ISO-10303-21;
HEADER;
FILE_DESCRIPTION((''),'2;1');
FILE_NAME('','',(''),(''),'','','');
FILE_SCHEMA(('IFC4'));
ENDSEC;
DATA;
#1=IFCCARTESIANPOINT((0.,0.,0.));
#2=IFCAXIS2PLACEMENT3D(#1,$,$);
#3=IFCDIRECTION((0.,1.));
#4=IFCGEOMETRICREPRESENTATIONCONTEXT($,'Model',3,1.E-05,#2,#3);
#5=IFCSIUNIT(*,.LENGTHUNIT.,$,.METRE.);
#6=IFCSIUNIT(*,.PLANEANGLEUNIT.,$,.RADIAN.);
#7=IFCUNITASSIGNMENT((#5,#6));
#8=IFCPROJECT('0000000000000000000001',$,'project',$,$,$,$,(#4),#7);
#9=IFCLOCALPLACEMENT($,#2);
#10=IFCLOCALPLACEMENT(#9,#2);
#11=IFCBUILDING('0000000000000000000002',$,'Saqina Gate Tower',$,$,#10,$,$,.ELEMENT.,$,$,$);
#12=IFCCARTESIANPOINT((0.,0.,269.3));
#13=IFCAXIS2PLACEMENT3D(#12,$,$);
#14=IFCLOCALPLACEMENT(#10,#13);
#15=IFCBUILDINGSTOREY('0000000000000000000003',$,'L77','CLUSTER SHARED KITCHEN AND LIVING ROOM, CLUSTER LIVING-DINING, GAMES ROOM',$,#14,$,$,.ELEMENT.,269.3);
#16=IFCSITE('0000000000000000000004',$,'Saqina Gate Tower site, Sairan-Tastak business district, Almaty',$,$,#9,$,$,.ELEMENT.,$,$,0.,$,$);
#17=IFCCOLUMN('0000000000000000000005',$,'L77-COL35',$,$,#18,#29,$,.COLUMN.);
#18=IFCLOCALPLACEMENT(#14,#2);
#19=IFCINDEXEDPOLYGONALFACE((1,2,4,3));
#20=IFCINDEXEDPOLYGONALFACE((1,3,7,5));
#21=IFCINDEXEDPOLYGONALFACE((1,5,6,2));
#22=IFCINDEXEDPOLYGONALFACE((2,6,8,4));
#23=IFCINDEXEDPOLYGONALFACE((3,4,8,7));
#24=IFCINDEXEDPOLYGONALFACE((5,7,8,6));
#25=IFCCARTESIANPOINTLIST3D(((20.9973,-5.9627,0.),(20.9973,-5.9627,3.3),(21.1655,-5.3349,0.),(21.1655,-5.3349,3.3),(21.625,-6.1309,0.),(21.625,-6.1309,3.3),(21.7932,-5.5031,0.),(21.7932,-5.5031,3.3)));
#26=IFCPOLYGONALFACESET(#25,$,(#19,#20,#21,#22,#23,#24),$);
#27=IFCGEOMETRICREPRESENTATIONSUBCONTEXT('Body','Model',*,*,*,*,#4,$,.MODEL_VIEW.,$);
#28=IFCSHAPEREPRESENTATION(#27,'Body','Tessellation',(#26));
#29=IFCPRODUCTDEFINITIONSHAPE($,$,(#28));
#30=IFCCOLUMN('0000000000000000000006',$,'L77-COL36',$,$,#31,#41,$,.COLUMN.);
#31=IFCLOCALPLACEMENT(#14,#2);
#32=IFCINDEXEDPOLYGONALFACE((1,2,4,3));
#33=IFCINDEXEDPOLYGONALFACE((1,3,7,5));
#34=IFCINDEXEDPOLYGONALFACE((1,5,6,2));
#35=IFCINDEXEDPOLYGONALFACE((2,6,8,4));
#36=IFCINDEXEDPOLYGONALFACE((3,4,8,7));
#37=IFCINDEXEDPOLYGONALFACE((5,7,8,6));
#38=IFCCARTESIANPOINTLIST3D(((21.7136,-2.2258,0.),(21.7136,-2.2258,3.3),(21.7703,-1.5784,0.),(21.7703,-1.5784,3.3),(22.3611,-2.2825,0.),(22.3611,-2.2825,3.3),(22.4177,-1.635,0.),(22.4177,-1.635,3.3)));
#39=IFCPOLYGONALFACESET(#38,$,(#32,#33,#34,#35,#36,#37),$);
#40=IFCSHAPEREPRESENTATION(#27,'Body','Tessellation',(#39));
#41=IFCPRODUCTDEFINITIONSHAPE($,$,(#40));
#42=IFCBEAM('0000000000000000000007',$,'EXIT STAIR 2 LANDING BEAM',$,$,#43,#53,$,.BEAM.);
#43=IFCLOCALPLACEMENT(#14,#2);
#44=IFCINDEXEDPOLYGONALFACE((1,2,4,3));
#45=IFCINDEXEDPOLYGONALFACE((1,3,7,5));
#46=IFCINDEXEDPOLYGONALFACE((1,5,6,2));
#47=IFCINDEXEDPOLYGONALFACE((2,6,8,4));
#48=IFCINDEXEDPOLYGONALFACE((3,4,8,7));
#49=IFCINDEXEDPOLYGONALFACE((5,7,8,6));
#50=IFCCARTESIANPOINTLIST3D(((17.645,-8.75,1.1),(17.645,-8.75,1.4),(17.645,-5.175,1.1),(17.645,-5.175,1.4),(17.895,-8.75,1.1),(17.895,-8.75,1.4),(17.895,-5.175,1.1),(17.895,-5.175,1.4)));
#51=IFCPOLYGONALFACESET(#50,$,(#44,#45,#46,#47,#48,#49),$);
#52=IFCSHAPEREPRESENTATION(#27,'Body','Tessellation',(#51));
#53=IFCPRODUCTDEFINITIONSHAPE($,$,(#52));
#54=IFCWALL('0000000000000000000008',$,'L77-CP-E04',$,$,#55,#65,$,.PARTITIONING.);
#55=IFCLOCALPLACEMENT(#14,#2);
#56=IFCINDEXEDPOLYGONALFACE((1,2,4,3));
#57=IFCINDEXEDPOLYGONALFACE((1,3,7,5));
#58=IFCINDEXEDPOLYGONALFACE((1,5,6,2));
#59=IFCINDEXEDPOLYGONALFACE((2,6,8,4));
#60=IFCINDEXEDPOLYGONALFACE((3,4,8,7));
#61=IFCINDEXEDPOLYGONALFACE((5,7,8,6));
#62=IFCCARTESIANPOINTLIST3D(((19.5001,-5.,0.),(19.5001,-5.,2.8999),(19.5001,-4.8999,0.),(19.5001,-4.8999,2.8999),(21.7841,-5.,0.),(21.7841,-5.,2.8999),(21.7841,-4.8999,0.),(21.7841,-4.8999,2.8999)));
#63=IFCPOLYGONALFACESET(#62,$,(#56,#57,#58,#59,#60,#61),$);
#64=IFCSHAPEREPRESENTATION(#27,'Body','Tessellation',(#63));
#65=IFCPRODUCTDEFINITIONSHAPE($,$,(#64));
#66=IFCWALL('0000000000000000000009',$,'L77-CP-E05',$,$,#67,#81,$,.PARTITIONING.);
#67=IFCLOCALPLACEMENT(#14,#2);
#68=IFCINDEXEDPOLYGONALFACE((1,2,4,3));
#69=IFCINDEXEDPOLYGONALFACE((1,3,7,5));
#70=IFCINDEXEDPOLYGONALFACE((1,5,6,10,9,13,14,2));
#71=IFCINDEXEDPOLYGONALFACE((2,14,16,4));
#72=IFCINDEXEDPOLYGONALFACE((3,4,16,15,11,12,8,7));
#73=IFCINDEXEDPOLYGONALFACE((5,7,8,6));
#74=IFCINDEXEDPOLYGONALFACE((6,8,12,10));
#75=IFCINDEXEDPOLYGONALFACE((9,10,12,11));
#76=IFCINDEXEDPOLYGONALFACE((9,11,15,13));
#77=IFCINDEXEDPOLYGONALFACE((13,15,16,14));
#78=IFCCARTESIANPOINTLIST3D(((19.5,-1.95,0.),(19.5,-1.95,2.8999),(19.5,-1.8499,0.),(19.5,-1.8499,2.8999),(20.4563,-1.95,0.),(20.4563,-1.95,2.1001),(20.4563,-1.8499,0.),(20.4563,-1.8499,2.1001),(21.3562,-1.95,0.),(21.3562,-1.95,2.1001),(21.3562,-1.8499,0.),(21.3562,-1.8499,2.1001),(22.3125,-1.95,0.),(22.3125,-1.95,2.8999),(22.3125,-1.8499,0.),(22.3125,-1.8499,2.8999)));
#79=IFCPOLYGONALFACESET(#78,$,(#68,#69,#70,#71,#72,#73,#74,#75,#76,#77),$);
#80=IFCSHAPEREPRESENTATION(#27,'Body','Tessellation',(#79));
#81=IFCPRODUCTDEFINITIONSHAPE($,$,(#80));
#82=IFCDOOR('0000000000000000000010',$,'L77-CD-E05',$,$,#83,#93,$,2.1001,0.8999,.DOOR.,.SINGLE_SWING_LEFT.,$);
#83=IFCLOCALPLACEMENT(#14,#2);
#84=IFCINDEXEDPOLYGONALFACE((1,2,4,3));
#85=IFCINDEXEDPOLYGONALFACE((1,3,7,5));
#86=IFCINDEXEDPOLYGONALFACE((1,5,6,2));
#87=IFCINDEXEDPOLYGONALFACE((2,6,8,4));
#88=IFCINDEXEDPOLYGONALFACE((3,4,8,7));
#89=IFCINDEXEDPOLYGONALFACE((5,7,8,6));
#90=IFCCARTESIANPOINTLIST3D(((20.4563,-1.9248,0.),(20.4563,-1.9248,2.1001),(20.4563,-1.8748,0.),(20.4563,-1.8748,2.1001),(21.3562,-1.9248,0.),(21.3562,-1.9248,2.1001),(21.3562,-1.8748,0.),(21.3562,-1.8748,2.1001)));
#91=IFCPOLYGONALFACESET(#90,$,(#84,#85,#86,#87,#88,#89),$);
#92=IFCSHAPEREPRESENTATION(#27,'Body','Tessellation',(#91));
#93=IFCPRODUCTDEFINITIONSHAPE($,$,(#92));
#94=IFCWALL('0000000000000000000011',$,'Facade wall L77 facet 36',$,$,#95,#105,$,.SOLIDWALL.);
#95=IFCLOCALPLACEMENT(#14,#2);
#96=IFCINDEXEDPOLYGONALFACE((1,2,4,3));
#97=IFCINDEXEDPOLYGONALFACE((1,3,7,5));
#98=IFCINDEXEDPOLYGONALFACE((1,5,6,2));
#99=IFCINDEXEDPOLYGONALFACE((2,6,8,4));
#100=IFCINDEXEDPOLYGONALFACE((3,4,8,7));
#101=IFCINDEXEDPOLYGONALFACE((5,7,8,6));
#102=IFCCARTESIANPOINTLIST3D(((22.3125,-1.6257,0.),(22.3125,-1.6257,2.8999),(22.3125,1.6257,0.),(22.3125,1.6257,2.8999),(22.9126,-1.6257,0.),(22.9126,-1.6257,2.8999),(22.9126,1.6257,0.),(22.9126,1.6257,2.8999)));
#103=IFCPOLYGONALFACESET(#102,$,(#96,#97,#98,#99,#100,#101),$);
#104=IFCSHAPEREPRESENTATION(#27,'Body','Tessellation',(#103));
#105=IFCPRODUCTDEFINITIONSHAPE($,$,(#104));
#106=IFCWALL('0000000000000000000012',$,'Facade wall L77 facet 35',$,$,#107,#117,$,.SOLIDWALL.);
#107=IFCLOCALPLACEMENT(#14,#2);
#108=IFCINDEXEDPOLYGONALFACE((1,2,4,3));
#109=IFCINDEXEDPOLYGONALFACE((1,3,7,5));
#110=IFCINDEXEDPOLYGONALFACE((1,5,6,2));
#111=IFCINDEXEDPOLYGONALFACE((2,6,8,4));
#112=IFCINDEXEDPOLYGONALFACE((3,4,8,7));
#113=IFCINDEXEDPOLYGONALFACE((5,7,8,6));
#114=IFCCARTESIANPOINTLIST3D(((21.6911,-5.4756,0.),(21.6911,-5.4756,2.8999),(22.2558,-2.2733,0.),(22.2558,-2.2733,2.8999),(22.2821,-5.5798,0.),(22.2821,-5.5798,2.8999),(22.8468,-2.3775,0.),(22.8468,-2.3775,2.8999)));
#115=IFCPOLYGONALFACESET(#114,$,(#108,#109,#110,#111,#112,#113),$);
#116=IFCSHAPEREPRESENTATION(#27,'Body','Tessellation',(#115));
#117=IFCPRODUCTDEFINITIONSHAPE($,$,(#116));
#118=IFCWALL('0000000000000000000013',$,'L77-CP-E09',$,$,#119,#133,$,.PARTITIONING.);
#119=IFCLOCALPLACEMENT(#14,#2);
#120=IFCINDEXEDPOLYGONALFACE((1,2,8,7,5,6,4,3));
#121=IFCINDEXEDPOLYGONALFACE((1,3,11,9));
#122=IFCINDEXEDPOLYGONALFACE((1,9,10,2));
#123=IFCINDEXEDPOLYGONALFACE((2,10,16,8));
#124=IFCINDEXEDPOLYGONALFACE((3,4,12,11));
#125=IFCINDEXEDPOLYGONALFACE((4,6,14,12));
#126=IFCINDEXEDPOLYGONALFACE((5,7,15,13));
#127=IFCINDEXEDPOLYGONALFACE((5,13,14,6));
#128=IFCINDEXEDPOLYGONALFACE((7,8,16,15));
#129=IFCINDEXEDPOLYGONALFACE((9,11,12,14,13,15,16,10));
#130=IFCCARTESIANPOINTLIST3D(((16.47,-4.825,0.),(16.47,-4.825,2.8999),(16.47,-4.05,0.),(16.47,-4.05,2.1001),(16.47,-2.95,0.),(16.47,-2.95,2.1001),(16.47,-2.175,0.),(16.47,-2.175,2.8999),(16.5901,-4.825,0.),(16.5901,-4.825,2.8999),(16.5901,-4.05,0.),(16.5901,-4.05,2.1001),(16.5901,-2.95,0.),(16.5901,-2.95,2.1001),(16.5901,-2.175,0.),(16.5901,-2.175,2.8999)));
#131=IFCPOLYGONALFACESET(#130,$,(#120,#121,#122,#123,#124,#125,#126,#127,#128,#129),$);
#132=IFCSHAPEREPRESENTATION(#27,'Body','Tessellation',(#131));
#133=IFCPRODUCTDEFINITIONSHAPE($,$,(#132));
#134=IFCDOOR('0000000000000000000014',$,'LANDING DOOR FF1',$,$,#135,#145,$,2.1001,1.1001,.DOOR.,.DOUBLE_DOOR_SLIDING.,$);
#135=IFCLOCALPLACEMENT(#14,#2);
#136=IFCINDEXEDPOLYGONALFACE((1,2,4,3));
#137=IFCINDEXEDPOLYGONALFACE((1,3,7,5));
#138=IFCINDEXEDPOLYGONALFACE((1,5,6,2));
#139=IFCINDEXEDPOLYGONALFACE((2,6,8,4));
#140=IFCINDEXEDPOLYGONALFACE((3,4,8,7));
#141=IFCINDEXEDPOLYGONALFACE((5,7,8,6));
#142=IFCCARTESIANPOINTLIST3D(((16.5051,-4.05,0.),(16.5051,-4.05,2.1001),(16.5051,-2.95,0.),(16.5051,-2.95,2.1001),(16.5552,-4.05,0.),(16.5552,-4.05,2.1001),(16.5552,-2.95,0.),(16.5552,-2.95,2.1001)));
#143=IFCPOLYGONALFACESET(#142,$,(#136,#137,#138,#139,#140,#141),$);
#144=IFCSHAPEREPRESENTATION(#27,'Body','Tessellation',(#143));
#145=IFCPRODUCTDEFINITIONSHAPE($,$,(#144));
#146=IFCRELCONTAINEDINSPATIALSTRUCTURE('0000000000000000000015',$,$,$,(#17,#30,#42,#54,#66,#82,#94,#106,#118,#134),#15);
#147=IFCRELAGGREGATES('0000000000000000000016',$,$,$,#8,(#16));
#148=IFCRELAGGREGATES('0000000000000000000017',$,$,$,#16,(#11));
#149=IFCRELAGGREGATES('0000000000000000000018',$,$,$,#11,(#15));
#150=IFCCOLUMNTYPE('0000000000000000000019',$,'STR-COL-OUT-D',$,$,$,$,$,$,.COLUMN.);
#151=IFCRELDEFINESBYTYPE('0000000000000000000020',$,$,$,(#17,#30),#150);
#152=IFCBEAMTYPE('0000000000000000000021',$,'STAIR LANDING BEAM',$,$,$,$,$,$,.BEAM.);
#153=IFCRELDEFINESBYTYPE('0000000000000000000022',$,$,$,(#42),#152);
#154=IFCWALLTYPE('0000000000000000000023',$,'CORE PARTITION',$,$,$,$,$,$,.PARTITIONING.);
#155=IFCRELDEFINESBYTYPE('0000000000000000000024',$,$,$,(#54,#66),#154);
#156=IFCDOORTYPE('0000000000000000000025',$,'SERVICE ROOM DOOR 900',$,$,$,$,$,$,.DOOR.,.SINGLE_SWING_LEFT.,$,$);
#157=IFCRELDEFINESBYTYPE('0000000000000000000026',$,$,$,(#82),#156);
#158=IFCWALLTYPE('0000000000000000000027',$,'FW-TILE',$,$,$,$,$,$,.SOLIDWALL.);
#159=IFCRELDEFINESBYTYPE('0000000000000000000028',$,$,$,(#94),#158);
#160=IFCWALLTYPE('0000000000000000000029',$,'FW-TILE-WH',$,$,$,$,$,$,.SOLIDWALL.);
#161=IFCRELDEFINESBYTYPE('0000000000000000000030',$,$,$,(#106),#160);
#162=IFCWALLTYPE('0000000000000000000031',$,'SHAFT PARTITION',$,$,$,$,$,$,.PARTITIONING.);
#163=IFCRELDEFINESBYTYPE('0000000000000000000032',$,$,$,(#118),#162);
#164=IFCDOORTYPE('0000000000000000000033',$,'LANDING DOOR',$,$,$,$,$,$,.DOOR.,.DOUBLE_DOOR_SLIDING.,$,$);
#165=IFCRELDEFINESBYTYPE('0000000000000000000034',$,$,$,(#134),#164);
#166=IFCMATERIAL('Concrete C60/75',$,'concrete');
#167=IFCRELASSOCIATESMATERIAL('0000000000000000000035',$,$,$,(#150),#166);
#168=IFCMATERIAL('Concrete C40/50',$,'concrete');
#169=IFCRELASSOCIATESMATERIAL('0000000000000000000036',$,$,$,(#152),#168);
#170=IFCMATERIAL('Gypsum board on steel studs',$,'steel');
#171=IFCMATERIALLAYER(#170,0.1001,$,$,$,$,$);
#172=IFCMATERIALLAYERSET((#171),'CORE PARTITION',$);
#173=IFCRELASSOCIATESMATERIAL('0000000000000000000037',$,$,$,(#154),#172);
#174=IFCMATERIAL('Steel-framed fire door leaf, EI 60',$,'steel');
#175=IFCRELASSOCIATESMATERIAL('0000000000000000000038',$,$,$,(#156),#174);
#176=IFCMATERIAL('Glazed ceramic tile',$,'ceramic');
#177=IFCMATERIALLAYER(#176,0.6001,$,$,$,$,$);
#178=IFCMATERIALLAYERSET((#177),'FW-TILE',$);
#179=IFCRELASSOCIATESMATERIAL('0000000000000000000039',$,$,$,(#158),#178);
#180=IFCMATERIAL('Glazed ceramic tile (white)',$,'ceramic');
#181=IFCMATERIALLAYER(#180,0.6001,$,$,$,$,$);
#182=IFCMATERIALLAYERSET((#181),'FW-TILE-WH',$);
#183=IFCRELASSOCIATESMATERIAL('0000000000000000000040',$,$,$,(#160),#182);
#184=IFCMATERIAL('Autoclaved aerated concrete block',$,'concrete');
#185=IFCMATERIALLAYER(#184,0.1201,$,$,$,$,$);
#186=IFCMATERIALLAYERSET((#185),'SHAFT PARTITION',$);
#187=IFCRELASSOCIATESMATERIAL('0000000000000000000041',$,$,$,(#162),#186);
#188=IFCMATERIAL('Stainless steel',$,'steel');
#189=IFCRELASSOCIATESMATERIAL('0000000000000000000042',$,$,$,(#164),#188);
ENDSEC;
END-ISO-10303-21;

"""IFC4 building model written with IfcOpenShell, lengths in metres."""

from ifc_helpers import new_model, si_unit, direction, frame, frame_2d, origin, origin_2d, place, context, subcontext, project, spatial, rectangle, extrude, material, layer, layer_set, material_profile, profile_set, type_object, element, fill, save


model = new_model("IFC4")

# Units and contexts
model_context = context("Model", 3, precision=1e-05, world=origin(), true_north=direction((0.0, 1.0)))
body_context = subcontext(model_context, "Body", "Model", "MODEL_VIEW")
ifc_project = project(units=[si_unit("LENGTHUNIT", "METRE"), si_unit("PLANEANGLEUNIT", "RADIAN")], contexts=[model_context])

# Site, building, storey
site_placement = place(None, origin())
site = spatial("IfcSite", under=ifc_project, at=site_placement, Name="Saqina Gate Tower site, Sairan-Tastak business district, Almaty", CompositionType="ELEMENT", RefElevation=0.0)
building_placement = place(site_placement, origin())
building = spatial("IfcBuilding", under=site, at=building_placement, Name="Saqina Gate Tower", CompositionType="ELEMENT")
storey_placement = place(building_placement, frame((0.0, 0.0, 269.3)))
storey = spatial("IfcBuildingStorey", under=building, at=storey_placement, Name="L77", Description="CLUSTER SHARED KITCHEN AND LIVING ROOM, CLUSTER LIVING-DINING, GAMES ROOM", CompositionType="ELEMENT", Elevation=269.3)

# Columns
ifc_material_1 = material(Name="Concrete C60/75", Category="concrete")
ifc_material_profile_1 = material_profile(ifc_material_1, rectangle(XDim=0.6499, YDim=0.6499, at=origin_2d()), Name="RC 650x650")
ifc_profile_set_1 = profile_set([ifc_material_profile_1], Name="Concrete C60/75")
column_type = type_object("IfcColumnType", Name="STR-COL-OUT-D", PredefinedType="COLUMN", material=ifc_profile_set_1)
for number, where, z_axis, x_axis, name in (
    (1, (21.3953, -5.7329, 0.0), (0.0, 0.0, 1.0), (0.965926, -0.258819, 0.0), "L77-COL35"),
    (2, (22.0657, -1.9304, 0.0), (0.0, 0.0, 1.0), (0.996195, -0.087156, 0.0), "L77-COL36"),
):
    element("IfcColumn", number, at=place(storey_placement, frame(where, z_axis=z_axis, x_axis=x_axis)), inside=storey, type_object=column_type, Name=name, PredefinedType="COLUMN", context=body_context, shape_type="SweptSolid", body=[
        extrude(rectangle(XDim=0.6499, YDim=0.6499, at=origin_2d()), origin(), (0.0, 0.0, 1.0), 3.3),
    ])

# Beam
ifc_material_2 = material(Name="Concrete C40/50", Category="concrete")
ifc_material_profile_2 = material_profile(ifc_material_2, rectangle(XDim=0.25, YDim=0.3, at=origin_2d()), Name="STAIR LANDING BEAM")
ifc_profile_set_2 = profile_set([ifc_material_profile_2], Name="Concrete C40/50")
beam_type = type_object("IfcBeamType", Name="STAIR LANDING BEAM", PredefinedType="BEAM", material=ifc_profile_set_2)
beam_placement = place(storey_placement, frame((17.77, -8.75, 1.25), z_axis=(0.0, 1.0, 0.0), x_axis=(-1.0, 0.0, 0.0)))
element("IfcBeam", 3, at=beam_placement, inside=storey, type_object=beam_type, Name="EXIT STAIR 2 LANDING BEAM", PredefinedType="BEAM", context=body_context, shape_type="SweptSolid", body=[
    extrude(rectangle(XDim=0.25, YDim=0.3, at=origin_2d()), origin(), (0.0, 0.0, 1.0), 3.575),
])

# Wall
ifc_material_3 = material(Name="Gypsum board on steel studs", Category="steel")
ifc_layer_1 = layer(ifc_material_3, 0.1001)
ifc_layer_set_1 = layer_set([ifc_layer_1], Name="CORE PARTITION")
wall_type_1 = type_object("IfcWallType", Name="CORE PARTITION", PredefinedType="PARTITIONING", material=ifc_layer_set_1)
wall_1_placement = place(storey_placement, frame((19.5, -4.95, 0.0), z_axis=(0.0, 0.0, 1.0), x_axis=(1.0, 0.0, 0.0)))
element("IfcWall", 4, at=wall_1_placement, inside=storey, type_object=wall_type_1, Name="L77-CP-E04", PredefinedType="PARTITIONING", context=body_context, shape_type="SweptSolid", body=[
    extrude(rectangle(XDim=2.2839, YDim=0.1001, at=frame_2d((1.1421, 0.0))), origin(), (0.0, 0.0, 1.0), 2.8999),
])

# Wall, opening, door
wall_2_placement = place(storey_placement, frame((19.5, -1.8999, 0.0), z_axis=(0.0, 0.0, 1.0), x_axis=(1.0, 0.0, 0.0)))
wall_2 = element("IfcWall", 5, at=wall_2_placement, inside=storey, type_object=wall_type_1, Name="L77-CP-E05", PredefinedType="PARTITIONING", context=body_context, shape_type="SweptSolid", body=[
    extrude(rectangle(XDim=2.8125, YDim=0.1001, at=frame_2d((1.4062, 0.0))), origin(), (0.0, 0.0, 1.0), 2.8999),
])
opening_1_placement = place(wall_2_placement, frame((0.9563, 0.0, 0.0)))
opening_1 = element("IfcOpeningElement", 6, at=opening_1_placement, cuts=wall_2, PredefinedType="OPENING", context=body_context, shape_type="SweptSolid", body=[
    extrude(rectangle(XDim=0.8999, YDim=2.1001, at=frame_2d((0.45, 1.05))), frame((0.0, 0.062, 0.0), z_axis=(0.0, -1.0, 0.0), x_axis=(1.0, 0.0, 0.0)), (0.0, 0.0, 1.0), 0.124),
])
ifc_material_4 = material(Name="Steel-framed fire door leaf, EI 60", Category="steel")
door_type_1 = type_object("IfcDoorType", Name="SERVICE ROOM DOOR 900", OperationType="SINGLE_SWING_LEFT", PredefinedType="DOOR", material=ifc_material_4)
door_1_placement = place(opening_1_placement, frame((0.8999, 0.0, 0.0), z_axis=(0.0, 0.0, 1.0), x_axis=(-1.0, 0.0, 0.0)))
door_1 = element("IfcDoor", 7, at=door_1_placement, inside=storey, type_object=door_type_1, Name="L77-CD-E05", OperationType="SINGLE_SWING_LEFT", OverallHeight=2.1001, OverallWidth=0.8999, PredefinedType="DOOR", context=body_context, shape_type="SweptSolid", body=[
    extrude(rectangle(XDim=0.8999, YDim=2.1001, at=frame_2d((0.45, 1.05))), frame((0.0, 0.0249, 0.0), z_axis=(0.0, -1.0, 0.0), x_axis=(1.0, 0.0, 0.0)), (0.0, 0.0, 1.0), 0.05),
])
fill(opening_1, door_1)

# Walls
ifc_material_5 = material(Name="Glazed ceramic tile", Category="ceramic")
ifc_layer_2 = layer(ifc_material_5, 0.6001)
ifc_layer_set_2 = layer_set([ifc_layer_2], Name="FW-TILE")
wall_type_2 = type_object("IfcWallType", Name="FW-TILE", PredefinedType="SOLIDWALL", material=ifc_layer_set_2)
wall_3_placement = place(storey_placement, frame((22.6125, -1.6257, 0.0), z_axis=(0.0, 0.0, 1.0), x_axis=(0.0, 1.0, 0.0)))
element("IfcWall", 8, at=wall_3_placement, inside=storey, type_object=wall_type_2, Name="Facade wall L77 facet 36", PredefinedType="SOLIDWALL", context=body_context, shape_type="SweptSolid", body=[
    extrude(rectangle(XDim=3.2515, YDim=0.6001, at=frame_2d((1.6257, 0.0))), origin(), (0.0, 0.0, 1.0), 2.8999),
])
ifc_material_6 = material(Name="Glazed ceramic tile (white)", Category="ceramic")
ifc_layer_3 = layer(ifc_material_6, 0.6001)
ifc_layer_set_3 = layer_set([ifc_layer_3], Name="FW-TILE-WH")
wall_type_3 = type_object("IfcWallType", Name="FW-TILE-WH", PredefinedType="SOLIDWALL", material=ifc_layer_set_3)
wall_4_placement = place(storey_placement, frame((21.9866, -5.5278, 0.0), z_axis=(0.0, 0.0, 1.0), x_axis=(0.173657, 0.984806, 0.0)))
element("IfcWall", 9, at=wall_4_placement, inside=storey, type_object=wall_type_3, Name="Facade wall L77 facet 35", PredefinedType="SOLIDWALL", context=body_context, shape_type="SweptSolid", body=[
    extrude(rectangle(XDim=3.2517, YDim=0.6001, at=frame_2d((1.626, 0.0))), origin(), (0.0, 0.0, 1.0), 2.8999),
])

# Wall, opening, door
ifc_material_7 = material(Name="Autoclaved aerated concrete block", Category="concrete")
ifc_layer_4 = layer(ifc_material_7, 0.1201)
ifc_layer_set_4 = layer_set([ifc_layer_4], Name="SHAFT PARTITION")
wall_type_4 = type_object("IfcWallType", Name="SHAFT PARTITION", PredefinedType="PARTITIONING", material=ifc_layer_set_4)
wall_5_placement = place(storey_placement, frame((16.53, -4.825, 0.0), z_axis=(0.0, 0.0, 1.0), x_axis=(0.0, 1.0, 0.0)))
wall_5 = element("IfcWall", 10, at=wall_5_placement, inside=storey, type_object=wall_type_4, Name="L77-CP-E09", PredefinedType="PARTITIONING", context=body_context, shape_type="SweptSolid", body=[
    extrude(rectangle(XDim=2.6499, YDim=0.1201, at=frame_2d((1.325, 0.0))), origin(), (0.0, 0.0, 1.0), 2.8999),
])
opening_2_placement = place(wall_5_placement, frame((0.7749, 0.0, 0.0)))
opening_2 = element("IfcOpeningElement", 11, at=opening_2_placement, cuts=wall_5, PredefinedType="OPENING", context=body_context, shape_type="SweptSolid", body=[
    extrude(rectangle(XDim=1.1001, YDim=2.1001, at=frame_2d((0.55, 1.05))), frame((0.0, 0.072, 0.0), z_axis=(0.0, -1.0, 0.0), x_axis=(1.0, 0.0, 0.0)), (0.0, 0.0, 1.0), 0.144),
])
ifc_material_8 = material(Name="Stainless steel", Category="steel")
door_type_2 = type_object("IfcDoorType", Name="LANDING DOOR", OperationType="DOUBLE_DOOR_SLIDING", PredefinedType="DOOR", material=ifc_material_8)
door_2_placement = place(opening_2_placement, origin())
door_2 = element("IfcDoor", 12, at=door_2_placement, inside=storey, type_object=door_type_2, Name="LANDING DOOR FF1", OperationType="DOUBLE_DOOR_SLIDING", OverallHeight=2.1001, OverallWidth=1.1001, PredefinedType="DOOR", context=body_context, shape_type="SweptSolid", body=[
    extrude(rectangle(XDim=1.1001, YDim=2.1001, at=frame_2d((0.55, 1.05))), frame((0.0, 0.0249, 0.0), z_axis=(0.0, -1.0, 0.0), x_axis=(1.0, 0.0, 0.0)), (0.0, 0.0, 1.0), 0.05),
])
fill(opening_2, door_2)

save(model, "model.ifc")
